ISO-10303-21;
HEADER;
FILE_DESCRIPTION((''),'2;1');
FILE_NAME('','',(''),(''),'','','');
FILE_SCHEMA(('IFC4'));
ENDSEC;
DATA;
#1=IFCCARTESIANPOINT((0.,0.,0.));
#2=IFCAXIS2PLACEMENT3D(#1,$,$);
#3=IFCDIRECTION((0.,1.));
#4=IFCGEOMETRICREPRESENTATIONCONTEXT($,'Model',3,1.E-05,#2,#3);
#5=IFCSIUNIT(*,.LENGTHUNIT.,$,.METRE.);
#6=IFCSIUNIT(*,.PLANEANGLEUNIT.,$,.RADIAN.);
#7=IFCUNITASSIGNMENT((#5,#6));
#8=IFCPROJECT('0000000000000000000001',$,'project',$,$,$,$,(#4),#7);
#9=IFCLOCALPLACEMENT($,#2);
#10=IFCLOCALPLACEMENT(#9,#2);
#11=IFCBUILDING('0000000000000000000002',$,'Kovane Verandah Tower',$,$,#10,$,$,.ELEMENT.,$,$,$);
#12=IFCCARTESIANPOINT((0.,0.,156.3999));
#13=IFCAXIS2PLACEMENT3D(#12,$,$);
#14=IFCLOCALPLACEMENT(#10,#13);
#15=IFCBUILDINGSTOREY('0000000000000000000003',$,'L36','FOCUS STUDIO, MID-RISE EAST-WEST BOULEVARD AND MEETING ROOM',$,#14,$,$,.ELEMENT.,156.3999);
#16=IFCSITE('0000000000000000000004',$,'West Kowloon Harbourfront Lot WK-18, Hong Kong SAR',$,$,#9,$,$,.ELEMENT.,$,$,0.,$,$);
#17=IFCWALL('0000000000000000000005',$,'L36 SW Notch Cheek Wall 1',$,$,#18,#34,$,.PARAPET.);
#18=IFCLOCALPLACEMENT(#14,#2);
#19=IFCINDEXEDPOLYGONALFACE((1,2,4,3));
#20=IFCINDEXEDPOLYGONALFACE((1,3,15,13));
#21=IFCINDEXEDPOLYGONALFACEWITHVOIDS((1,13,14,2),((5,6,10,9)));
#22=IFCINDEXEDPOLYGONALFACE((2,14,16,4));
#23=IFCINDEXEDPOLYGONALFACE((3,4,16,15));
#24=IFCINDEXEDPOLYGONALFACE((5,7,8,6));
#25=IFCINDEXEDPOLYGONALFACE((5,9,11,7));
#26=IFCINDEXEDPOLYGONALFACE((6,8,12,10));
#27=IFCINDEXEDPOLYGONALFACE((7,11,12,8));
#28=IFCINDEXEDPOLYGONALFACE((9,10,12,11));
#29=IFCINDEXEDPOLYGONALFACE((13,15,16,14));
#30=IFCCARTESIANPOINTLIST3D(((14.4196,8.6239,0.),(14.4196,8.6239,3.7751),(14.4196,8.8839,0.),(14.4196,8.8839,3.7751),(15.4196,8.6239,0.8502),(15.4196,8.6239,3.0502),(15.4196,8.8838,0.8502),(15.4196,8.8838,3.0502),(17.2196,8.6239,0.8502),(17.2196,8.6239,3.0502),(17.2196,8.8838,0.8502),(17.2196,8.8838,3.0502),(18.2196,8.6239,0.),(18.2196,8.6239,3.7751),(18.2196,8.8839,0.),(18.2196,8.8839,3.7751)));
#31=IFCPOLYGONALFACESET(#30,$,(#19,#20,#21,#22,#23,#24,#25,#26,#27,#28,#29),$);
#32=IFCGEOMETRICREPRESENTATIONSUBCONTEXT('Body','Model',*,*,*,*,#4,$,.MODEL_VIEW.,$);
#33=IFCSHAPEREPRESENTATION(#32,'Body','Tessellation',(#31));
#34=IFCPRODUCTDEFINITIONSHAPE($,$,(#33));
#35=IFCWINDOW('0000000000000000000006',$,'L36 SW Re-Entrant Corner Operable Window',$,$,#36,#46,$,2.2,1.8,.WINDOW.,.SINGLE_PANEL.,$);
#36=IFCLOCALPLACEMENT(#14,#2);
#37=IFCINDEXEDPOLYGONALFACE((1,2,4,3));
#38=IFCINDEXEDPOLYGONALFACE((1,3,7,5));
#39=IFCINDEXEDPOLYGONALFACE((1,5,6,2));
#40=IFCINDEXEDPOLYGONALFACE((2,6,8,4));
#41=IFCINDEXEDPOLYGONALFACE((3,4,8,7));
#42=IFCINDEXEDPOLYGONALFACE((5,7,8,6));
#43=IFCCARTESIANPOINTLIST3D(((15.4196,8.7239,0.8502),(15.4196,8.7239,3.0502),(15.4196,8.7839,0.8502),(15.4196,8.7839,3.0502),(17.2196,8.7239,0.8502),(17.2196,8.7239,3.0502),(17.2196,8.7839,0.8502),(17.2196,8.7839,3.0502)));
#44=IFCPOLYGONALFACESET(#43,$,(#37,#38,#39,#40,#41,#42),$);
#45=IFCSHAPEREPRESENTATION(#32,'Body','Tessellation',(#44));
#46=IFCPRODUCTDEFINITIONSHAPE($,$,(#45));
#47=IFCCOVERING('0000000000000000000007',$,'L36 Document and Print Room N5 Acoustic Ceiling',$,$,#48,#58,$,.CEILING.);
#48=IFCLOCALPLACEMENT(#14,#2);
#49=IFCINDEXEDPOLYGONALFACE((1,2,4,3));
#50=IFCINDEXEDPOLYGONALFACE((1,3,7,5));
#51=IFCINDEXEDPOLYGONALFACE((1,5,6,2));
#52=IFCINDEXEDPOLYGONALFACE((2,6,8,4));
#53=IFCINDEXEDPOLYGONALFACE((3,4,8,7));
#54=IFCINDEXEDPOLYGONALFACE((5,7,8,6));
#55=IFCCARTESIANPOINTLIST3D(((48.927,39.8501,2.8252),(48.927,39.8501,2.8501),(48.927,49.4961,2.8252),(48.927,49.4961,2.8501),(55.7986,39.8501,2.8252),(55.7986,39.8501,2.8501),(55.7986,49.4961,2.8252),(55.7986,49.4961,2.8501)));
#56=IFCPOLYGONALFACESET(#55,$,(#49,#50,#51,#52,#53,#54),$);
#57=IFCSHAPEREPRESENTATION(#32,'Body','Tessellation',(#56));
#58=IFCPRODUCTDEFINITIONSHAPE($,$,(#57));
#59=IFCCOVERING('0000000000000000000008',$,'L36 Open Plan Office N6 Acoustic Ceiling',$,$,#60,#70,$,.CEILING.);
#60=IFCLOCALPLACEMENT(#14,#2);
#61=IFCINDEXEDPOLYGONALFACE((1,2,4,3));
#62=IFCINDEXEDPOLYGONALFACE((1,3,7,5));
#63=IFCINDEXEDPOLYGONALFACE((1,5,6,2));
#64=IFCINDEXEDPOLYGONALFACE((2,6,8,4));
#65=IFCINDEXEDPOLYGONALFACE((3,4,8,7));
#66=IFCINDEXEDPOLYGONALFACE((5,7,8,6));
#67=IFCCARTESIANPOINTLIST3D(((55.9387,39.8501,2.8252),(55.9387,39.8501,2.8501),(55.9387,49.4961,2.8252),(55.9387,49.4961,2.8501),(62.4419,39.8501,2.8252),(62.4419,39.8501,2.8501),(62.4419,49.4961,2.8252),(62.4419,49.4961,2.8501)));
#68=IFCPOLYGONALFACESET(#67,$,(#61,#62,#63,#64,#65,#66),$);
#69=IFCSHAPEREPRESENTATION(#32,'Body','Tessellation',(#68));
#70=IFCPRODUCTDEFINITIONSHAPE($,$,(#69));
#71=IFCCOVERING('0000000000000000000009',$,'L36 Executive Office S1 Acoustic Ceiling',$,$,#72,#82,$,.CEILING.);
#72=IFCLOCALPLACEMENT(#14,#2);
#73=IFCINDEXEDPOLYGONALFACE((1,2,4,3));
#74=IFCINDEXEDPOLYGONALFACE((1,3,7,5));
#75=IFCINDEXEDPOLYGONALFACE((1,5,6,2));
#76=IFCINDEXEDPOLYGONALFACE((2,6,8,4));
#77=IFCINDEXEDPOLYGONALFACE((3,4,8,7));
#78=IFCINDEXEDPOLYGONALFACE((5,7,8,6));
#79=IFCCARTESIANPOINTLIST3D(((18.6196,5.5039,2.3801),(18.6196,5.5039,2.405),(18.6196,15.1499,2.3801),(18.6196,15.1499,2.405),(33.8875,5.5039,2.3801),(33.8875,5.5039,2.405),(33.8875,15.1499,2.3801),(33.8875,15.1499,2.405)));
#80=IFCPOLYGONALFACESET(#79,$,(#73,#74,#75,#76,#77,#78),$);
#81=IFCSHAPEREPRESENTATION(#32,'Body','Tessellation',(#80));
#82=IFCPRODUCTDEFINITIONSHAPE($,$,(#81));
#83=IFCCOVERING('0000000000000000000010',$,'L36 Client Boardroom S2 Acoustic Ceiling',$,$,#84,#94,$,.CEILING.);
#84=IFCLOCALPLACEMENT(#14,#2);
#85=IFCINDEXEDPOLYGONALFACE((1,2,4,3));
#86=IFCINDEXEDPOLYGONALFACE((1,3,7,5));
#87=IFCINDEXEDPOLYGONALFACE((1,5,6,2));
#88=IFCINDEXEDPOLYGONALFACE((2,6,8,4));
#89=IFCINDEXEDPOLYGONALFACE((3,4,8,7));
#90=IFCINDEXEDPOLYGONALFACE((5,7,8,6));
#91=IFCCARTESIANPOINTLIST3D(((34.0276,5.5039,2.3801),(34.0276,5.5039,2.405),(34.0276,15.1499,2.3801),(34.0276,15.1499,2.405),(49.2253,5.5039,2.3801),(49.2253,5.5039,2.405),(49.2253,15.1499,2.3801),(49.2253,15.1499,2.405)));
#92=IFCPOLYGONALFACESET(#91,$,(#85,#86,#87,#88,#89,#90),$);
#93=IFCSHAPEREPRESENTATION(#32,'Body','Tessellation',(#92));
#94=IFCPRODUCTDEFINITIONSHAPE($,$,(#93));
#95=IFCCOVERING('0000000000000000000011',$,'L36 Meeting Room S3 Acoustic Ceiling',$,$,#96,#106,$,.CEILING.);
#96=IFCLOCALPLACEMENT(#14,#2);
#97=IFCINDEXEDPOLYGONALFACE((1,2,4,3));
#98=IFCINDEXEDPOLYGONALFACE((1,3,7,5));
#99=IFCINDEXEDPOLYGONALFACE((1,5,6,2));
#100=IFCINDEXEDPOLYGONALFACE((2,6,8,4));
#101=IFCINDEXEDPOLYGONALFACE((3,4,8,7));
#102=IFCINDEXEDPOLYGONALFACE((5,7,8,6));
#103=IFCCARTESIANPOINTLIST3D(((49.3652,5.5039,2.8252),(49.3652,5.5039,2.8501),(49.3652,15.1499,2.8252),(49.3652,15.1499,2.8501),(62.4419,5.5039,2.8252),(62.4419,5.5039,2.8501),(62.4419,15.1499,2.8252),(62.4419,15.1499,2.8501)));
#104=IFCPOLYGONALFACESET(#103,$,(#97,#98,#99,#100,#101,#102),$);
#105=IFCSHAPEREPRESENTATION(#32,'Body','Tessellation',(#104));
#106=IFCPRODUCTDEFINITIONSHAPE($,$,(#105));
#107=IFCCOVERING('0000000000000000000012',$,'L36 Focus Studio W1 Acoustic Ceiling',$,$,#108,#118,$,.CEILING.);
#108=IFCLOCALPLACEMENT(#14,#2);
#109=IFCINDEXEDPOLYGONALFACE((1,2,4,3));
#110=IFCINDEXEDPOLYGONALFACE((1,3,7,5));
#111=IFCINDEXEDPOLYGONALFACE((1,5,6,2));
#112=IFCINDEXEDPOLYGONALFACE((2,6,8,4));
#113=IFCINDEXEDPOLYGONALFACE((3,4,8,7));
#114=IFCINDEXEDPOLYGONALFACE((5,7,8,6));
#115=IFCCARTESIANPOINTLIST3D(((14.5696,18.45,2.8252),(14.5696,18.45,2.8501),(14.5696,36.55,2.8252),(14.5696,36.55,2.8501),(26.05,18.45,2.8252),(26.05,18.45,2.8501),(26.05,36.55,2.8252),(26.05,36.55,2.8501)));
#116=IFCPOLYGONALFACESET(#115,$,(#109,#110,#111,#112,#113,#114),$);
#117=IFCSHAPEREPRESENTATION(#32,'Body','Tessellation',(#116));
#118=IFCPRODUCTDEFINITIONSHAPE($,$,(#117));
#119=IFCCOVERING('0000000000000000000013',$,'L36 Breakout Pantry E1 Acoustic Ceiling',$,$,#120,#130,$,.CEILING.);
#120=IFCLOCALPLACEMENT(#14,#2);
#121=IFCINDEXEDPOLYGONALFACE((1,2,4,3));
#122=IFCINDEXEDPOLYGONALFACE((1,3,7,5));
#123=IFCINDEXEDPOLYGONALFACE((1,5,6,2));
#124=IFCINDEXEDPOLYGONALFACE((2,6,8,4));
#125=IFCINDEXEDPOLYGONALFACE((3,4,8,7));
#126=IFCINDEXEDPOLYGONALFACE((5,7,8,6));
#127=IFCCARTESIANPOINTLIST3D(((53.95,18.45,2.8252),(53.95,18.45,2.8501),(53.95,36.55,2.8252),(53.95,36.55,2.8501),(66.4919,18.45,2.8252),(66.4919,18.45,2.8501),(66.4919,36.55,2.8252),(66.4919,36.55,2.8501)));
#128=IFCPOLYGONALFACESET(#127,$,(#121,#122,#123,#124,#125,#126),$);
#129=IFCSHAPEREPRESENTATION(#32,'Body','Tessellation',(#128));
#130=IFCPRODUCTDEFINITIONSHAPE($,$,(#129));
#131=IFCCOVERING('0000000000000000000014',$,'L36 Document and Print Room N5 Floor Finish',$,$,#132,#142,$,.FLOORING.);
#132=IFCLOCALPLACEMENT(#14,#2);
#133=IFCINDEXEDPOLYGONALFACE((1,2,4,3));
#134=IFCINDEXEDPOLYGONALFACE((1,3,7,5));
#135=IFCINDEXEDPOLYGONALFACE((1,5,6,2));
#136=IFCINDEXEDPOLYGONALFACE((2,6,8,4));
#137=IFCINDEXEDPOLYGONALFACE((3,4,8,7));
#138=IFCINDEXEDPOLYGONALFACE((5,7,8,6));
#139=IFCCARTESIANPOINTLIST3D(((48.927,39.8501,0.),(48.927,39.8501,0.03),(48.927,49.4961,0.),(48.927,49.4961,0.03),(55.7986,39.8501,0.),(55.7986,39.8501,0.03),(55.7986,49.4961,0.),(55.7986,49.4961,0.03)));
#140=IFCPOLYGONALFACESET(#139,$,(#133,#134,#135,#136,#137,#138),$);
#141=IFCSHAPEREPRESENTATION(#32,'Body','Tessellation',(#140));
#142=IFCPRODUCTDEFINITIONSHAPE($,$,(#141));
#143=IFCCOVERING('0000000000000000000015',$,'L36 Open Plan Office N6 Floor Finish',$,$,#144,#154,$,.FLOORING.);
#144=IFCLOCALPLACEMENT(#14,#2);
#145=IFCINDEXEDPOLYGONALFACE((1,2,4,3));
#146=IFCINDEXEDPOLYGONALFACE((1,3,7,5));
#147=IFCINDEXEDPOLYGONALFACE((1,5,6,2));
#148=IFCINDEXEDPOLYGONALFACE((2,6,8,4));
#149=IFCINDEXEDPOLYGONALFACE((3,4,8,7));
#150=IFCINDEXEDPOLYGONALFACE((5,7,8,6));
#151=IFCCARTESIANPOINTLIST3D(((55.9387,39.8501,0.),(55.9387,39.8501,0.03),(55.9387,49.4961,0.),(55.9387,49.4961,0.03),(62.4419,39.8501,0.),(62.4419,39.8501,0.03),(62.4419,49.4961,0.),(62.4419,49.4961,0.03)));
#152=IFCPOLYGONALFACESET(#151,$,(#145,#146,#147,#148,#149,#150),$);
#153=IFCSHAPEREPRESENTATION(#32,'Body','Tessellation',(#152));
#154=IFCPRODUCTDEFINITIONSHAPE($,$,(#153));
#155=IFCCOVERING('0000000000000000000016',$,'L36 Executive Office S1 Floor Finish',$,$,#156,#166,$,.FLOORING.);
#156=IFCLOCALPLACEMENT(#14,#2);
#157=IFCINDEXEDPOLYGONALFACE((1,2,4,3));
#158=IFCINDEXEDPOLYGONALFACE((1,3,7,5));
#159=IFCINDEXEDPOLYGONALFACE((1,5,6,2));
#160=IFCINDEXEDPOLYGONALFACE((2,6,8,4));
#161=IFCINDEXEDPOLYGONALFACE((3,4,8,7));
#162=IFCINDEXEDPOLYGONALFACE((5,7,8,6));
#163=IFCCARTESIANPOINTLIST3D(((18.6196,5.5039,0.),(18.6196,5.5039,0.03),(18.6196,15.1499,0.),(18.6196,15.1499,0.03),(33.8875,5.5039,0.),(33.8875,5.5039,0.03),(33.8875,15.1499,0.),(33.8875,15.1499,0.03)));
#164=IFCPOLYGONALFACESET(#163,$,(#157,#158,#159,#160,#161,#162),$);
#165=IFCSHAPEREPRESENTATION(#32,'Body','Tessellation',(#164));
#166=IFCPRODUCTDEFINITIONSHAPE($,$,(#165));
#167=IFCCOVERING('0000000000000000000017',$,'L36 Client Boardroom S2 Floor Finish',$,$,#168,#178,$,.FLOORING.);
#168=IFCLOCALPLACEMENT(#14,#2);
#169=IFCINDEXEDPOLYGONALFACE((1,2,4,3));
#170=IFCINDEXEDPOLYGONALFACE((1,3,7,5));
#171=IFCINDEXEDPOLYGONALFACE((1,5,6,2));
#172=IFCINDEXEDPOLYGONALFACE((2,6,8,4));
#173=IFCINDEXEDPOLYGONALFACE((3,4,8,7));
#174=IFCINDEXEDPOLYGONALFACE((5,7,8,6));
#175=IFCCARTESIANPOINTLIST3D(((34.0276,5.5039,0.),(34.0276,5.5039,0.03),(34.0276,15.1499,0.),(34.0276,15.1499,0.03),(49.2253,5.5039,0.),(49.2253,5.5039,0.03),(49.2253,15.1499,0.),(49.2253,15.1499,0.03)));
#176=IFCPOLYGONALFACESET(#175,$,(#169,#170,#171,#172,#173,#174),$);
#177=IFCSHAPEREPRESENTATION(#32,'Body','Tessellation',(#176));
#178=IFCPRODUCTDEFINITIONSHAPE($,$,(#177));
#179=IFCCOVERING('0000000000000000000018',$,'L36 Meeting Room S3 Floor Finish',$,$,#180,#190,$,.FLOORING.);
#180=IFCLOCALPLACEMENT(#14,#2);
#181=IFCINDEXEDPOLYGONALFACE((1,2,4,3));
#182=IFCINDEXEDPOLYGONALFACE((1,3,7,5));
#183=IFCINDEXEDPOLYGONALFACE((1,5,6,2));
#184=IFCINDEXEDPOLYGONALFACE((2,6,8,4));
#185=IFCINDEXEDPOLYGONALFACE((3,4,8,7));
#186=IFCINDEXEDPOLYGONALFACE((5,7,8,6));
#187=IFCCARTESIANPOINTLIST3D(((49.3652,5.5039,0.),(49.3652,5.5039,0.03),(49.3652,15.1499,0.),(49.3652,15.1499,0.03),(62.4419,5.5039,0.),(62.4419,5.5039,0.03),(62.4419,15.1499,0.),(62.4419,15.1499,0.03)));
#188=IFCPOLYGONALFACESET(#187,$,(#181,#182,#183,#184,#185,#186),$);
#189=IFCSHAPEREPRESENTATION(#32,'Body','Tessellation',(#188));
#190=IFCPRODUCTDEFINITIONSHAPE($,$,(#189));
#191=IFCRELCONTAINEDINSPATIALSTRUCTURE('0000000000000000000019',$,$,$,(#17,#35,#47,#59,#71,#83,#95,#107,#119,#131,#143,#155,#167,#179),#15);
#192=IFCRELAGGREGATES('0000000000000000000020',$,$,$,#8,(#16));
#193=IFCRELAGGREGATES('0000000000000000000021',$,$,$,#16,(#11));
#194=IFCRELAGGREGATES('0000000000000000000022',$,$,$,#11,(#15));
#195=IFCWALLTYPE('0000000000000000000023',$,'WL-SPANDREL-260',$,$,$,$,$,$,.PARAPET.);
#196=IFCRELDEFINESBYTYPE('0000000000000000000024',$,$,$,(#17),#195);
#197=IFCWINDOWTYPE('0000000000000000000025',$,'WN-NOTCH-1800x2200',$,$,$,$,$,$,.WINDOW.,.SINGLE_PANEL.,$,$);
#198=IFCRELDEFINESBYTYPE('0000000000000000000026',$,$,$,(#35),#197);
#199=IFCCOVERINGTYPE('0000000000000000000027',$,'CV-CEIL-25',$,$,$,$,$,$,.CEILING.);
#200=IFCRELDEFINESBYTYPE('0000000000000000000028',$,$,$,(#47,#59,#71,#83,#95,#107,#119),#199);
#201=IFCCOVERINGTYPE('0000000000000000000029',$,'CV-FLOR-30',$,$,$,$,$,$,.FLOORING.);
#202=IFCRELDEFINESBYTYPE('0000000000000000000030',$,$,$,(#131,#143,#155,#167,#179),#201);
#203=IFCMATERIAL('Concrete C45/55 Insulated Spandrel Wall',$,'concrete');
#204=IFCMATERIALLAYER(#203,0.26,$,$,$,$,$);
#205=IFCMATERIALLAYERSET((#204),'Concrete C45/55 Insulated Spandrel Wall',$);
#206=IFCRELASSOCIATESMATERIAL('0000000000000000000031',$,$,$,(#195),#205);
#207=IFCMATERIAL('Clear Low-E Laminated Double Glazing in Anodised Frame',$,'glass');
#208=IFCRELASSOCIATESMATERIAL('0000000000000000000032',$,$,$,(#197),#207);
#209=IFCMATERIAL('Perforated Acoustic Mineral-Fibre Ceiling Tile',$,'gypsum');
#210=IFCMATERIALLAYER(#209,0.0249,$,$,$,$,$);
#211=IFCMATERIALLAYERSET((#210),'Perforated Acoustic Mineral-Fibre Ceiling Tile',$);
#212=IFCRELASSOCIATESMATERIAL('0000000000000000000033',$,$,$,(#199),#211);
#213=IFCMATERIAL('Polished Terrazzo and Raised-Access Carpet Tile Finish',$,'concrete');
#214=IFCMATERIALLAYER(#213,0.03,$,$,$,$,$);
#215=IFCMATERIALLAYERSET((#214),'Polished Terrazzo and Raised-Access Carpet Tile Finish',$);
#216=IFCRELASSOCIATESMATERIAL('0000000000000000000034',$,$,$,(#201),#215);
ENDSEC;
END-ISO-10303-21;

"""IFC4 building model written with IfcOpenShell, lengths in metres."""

from ifc_helpers import new_model, si_unit, direction, frame, frame_2d, origin, place, context, subcontext, project, spatial, polyline, rectangle, outline, extrude, material, layer, layer_set, type_object, element, fill, save


model = new_model("IFC4")

# Units and contexts
model_context = context("Model", 3, precision=1e-05, world=origin(), true_north=direction((0.0, 1.0)))
body_context = subcontext(model_context, "Body", "Model", "MODEL_VIEW")
ifc_project = project(units=[si_unit("LENGTHUNIT", "METRE"), si_unit("PLANEANGLEUNIT", "RADIAN")], contexts=[model_context])

# Site, building, storey
site_placement = place(None, origin())
site = spatial("IfcSite", under=ifc_project, at=site_placement, Name="West Kowloon Harbourfront Lot WK-18, Hong Kong SAR", CompositionType="ELEMENT", RefElevation=0.0)
building_placement = place(site_placement, origin())
building = spatial("IfcBuilding", under=site, at=building_placement, Name="Kovane Verandah Tower", CompositionType="ELEMENT")
storey_placement = place(building_placement, frame((0.0, 0.0, 156.3999)))
storey = spatial("IfcBuildingStorey", under=building, at=storey_placement, Name="L36", Description="FOCUS STUDIO, MID-RISE EAST-WEST BOULEVARD AND MEETING ROOM", CompositionType="ELEMENT", Elevation=156.3999)

# Wall, opening, window
ifc_material_1 = material(Name="Concrete C45/55 Insulated Spandrel Wall", Category="concrete")
ifc_layer_1 = layer(ifc_material_1, 0.26)
ifc_layer_set_1 = layer_set([ifc_layer_1], Name="Concrete C45/55 Insulated Spandrel Wall")
wall_type = type_object("IfcWallType", Name="WL-SPANDREL-260", PredefinedType="PARAPET", material=ifc_layer_set_1)
wall_placement = place(storey_placement, frame((14.4197, 8.7539, 0.0), z_axis=(0.0, 0.0, 1.0), x_axis=(1.0, 0.0, 0.0)))
wall = element("IfcWall", 1, at=wall_placement, inside=storey, type_object=wall_type, Name="L36 SW Notch Cheek Wall 1", PredefinedType="PARAPET", context=body_context, shape_type="SweptSolid", body=[
    extrude(rectangle(XDim=3.8, YDim=0.26, at=frame_2d((1.8999, 0.0))), origin(), (0.0, 0.0, 1.0), 3.7751),
])
opening_placement = place(wall_placement, frame((1.0, 0.0, 0.8501)))
opening = element("IfcOpeningElement", 2, at=opening_placement, cuts=wall, PredefinedType="OPENING", context=body_context, shape_type="SweptSolid", body=[
    extrude(rectangle(XDim=1.8, YDim=2.2, at=frame_2d((0.8999, 1.1001))), frame((0.0, 0.1299, 0.0), z_axis=(0.0, -1.0, 0.0), x_axis=(1.0, 0.0, 0.0)), (0.0, 0.0, 1.0), 0.26),
])
ifc_material_2 = material(Name="Clear Low-E Laminated Double Glazing in Anodised Frame", Category="glass")
window_type = type_object("IfcWindowType", Name="WN-NOTCH-1800x2200", PartitioningType="SINGLE_PANEL", PredefinedType="WINDOW", material=ifc_material_2)
window_placement = place(opening_placement, origin())
window = element("IfcWindow", 3, at=window_placement, inside=storey, type_object=window_type, Name="L36 SW Re-Entrant Corner Operable Window", OverallHeight=2.2, OverallWidth=1.8, PartitioningType="SINGLE_PANEL", PredefinedType="WINDOW", context=body_context, shape_type="SweptSolid", body=[
    extrude(rectangle(XDim=1.8, YDim=2.2, at=frame_2d((0.8999, 1.1001))), frame((0.0, 0.03, 0.0), z_axis=(0.0, -1.0, 0.0), x_axis=(1.0, 0.0, 0.0)), (0.0, 0.0, 1.0), 0.0601),
])
fill(opening, window)

# Coverings
ifc_material_3 = material(Name="Perforated Acoustic Mineral-Fibre Ceiling Tile", Category="gypsum")
ifc_layer_2 = layer(ifc_material_3, 0.0249)
ifc_layer_set_2 = layer_set([ifc_layer_2], Name="Perforated Acoustic Mineral-Fibre Ceiling Tile")
covering_type_1 = type_object("IfcCoveringType", Name="CV-CEIL-25", PredefinedType="CEILING", material=ifc_layer_set_2)
covering_1_placement = place(storey_placement, frame((0.0, 0.0, 2.8252)))
element("IfcCovering", 4, at=covering_1_placement, inside=storey, type_object=covering_type_1, Name="L36 Document and Print Room N5 Acoustic Ceiling", PredefinedType="CEILING", context=body_context, shape_type="SweptSolid", body=[
    extrude(outline(polyline([(48.927, 39.8501), (55.7986, 39.8501), (55.7986, 49.4961), (48.927, 49.4961), (48.927, 39.8501)])), origin(), (0.0, 0.0, 1.0), 0.0249),
])
covering_2_placement = place(storey_placement, frame((0.0, 0.0, 2.8252)))
element("IfcCovering", 5, at=covering_2_placement, inside=storey, type_object=covering_type_1, Name="L36 Open Plan Office N6 Acoustic Ceiling", PredefinedType="CEILING", context=body_context, shape_type="SweptSolid", body=[
    extrude(outline(polyline([(55.9387, 39.8501), (62.4419, 39.8501), (62.4419, 49.4961), (55.9387, 49.4961), (55.9387, 39.8501)])), origin(), (0.0, 0.0, 1.0), 0.0249),
])
covering_3_placement = place(storey_placement, frame((0.0, 0.0, 2.3801)))
element("IfcCovering", 6, at=covering_3_placement, inside=storey, type_object=covering_type_1, Name="L36 Executive Office S1 Acoustic Ceiling", PredefinedType="CEILING", context=body_context, shape_type="SweptSolid", body=[
    extrude(outline(polyline([(18.6196, 5.5039), (33.8875, 5.5039), (33.8875, 15.1499), (18.6196, 15.1499), (18.6196, 5.5039)])), origin(), (0.0, 0.0, 1.0), 0.0249),
])
covering_4_placement = place(storey_placement, frame((0.0, 0.0, 2.3801)))
element("IfcCovering", 7, at=covering_4_placement, inside=storey, type_object=covering_type_1, Name="L36 Client Boardroom S2 Acoustic Ceiling", PredefinedType="CEILING", context=body_context, shape_type="SweptSolid", body=[
    extrude(outline(polyline([(34.0276, 5.5039), (49.2253, 5.5039), (49.2253, 15.1499), (34.0276, 15.1499), (34.0276, 5.5039)])), origin(), (0.0, 0.0, 1.0), 0.0249),
])
covering_5_placement = place(storey_placement, frame((0.0, 0.0, 2.8252)))
element("IfcCovering", 8, at=covering_5_placement, inside=storey, type_object=covering_type_1, Name="L36 Meeting Room S3 Acoustic Ceiling", PredefinedType="CEILING", context=body_context, shape_type="SweptSolid", body=[
    extrude(outline(polyline([(49.3652, 5.5039), (62.4419, 5.5039), (62.4419, 15.1499), (49.3652, 15.1499), (49.3652, 5.5039)])), origin(), (0.0, 0.0, 1.0), 0.0249),
])
covering_6_placement = place(storey_placement, frame((0.0, 0.0, 2.8252)))
element("IfcCovering", 9, at=covering_6_placement, inside=storey, type_object=covering_type_1, Name="L36 Focus Studio W1 Acoustic Ceiling", PredefinedType="CEILING", context=body_context, shape_type="SweptSolid", body=[
    extrude(outline(polyline([(14.5696, 18.45), (26.05, 18.45), (26.05, 36.55), (14.5696, 36.55), (14.5696, 18.45)])), origin(), (0.0, 0.0, 1.0), 0.0249),
])
covering_7_placement = place(storey_placement, frame((0.0, 0.0, 2.8252)))
element("IfcCovering", 10, at=covering_7_placement, inside=storey, type_object=covering_type_1, Name="L36 Breakout Pantry E1 Acoustic Ceiling", PredefinedType="CEILING", context=body_context, shape_type="SweptSolid", body=[
    extrude(outline(polyline([(53.95, 18.45), (66.4919, 18.45), (66.4919, 36.55), (53.95, 36.55), (53.95, 18.45)])), origin(), (0.0, 0.0, 1.0), 0.0249),
])
ifc_material_4 = material(Name="Polished Terrazzo and Raised-Access Carpet Tile Finish", Category="concrete")
ifc_layer_3 = layer(ifc_material_4, 0.03)
ifc_layer_set_3 = layer_set([ifc_layer_3], Name="Polished Terrazzo and Raised-Access Carpet Tile Finish")
covering_type_2 = type_object("IfcCoveringType", Name="CV-FLOR-30", PredefinedType="FLOORING", material=ifc_layer_set_3)
covering_8_placement = place(storey_placement, origin())
element("IfcCovering", 11, at=covering_8_placement, inside=storey, type_object=covering_type_2, Name="L36 Document and Print Room N5 Floor Finish", PredefinedType="FLOORING", context=body_context, shape_type="SweptSolid", body=[
    extrude(outline(polyline([(48.927, 39.8501), (55.7986, 39.8501), (55.7986, 49.4961), (48.927, 49.4961), (48.927, 39.8501)])), origin(), (0.0, 0.0, 1.0), 0.03),
])
covering_9_placement = place(storey_placement, origin())
element("IfcCovering", 12, at=covering_9_placement, inside=storey, type_object=covering_type_2, Name="L36 Open Plan Office N6 Floor Finish", PredefinedType="FLOORING", context=body_context, shape_type="SweptSolid", body=[
    extrude(outline(polyline([(55.9387, 39.8501), (62.4419, 39.8501), (62.4419, 49.4961), (55.9387, 49.4961), (55.9387, 39.8501)])), origin(), (0.0, 0.0, 1.0), 0.03),
])
covering_10_placement = place(storey_placement, origin())
element("IfcCovering", 13, at=covering_10_placement, inside=storey, type_object=covering_type_2, Name="L36 Executive Office S1 Floor Finish", PredefinedType="FLOORING", context=body_context, shape_type="SweptSolid", body=[
    extrude(outline(polyline([(18.6196, 5.5039), (33.8875, 5.5039), (33.8875, 15.1499), (18.6196, 15.1499), (18.6196, 5.5039)])), origin(), (0.0, 0.0, 1.0), 0.03),
])
covering_11_placement = place(storey_placement, origin())
element("IfcCovering", 14, at=covering_11_placement, inside=storey, type_object=covering_type_2, Name="L36 Client Boardroom S2 Floor Finish", PredefinedType="FLOORING", context=body_context, shape_type="SweptSolid", body=[
    extrude(outline(polyline([(34.0276, 5.5039), (49.2253, 5.5039), (49.2253, 15.1499), (34.0276, 15.1499), (34.0276, 5.5039)])), origin(), (0.0, 0.0, 1.0), 0.03),
])
covering_12_placement = place(storey_placement, origin())
element("IfcCovering", 15, at=covering_12_placement, inside=storey, type_object=covering_type_2, Name="L36 Meeting Room S3 Floor Finish", PredefinedType="FLOORING", context=body_context, shape_type="SweptSolid", body=[
    extrude(outline(polyline([(49.3652, 5.5039), (62.4419, 5.5039), (62.4419, 15.1499), (49.3652, 15.1499), (49.3652, 5.5039)])), origin(), (0.0, 0.0, 1.0), 0.03),
])

save(model, "model.ifc")
